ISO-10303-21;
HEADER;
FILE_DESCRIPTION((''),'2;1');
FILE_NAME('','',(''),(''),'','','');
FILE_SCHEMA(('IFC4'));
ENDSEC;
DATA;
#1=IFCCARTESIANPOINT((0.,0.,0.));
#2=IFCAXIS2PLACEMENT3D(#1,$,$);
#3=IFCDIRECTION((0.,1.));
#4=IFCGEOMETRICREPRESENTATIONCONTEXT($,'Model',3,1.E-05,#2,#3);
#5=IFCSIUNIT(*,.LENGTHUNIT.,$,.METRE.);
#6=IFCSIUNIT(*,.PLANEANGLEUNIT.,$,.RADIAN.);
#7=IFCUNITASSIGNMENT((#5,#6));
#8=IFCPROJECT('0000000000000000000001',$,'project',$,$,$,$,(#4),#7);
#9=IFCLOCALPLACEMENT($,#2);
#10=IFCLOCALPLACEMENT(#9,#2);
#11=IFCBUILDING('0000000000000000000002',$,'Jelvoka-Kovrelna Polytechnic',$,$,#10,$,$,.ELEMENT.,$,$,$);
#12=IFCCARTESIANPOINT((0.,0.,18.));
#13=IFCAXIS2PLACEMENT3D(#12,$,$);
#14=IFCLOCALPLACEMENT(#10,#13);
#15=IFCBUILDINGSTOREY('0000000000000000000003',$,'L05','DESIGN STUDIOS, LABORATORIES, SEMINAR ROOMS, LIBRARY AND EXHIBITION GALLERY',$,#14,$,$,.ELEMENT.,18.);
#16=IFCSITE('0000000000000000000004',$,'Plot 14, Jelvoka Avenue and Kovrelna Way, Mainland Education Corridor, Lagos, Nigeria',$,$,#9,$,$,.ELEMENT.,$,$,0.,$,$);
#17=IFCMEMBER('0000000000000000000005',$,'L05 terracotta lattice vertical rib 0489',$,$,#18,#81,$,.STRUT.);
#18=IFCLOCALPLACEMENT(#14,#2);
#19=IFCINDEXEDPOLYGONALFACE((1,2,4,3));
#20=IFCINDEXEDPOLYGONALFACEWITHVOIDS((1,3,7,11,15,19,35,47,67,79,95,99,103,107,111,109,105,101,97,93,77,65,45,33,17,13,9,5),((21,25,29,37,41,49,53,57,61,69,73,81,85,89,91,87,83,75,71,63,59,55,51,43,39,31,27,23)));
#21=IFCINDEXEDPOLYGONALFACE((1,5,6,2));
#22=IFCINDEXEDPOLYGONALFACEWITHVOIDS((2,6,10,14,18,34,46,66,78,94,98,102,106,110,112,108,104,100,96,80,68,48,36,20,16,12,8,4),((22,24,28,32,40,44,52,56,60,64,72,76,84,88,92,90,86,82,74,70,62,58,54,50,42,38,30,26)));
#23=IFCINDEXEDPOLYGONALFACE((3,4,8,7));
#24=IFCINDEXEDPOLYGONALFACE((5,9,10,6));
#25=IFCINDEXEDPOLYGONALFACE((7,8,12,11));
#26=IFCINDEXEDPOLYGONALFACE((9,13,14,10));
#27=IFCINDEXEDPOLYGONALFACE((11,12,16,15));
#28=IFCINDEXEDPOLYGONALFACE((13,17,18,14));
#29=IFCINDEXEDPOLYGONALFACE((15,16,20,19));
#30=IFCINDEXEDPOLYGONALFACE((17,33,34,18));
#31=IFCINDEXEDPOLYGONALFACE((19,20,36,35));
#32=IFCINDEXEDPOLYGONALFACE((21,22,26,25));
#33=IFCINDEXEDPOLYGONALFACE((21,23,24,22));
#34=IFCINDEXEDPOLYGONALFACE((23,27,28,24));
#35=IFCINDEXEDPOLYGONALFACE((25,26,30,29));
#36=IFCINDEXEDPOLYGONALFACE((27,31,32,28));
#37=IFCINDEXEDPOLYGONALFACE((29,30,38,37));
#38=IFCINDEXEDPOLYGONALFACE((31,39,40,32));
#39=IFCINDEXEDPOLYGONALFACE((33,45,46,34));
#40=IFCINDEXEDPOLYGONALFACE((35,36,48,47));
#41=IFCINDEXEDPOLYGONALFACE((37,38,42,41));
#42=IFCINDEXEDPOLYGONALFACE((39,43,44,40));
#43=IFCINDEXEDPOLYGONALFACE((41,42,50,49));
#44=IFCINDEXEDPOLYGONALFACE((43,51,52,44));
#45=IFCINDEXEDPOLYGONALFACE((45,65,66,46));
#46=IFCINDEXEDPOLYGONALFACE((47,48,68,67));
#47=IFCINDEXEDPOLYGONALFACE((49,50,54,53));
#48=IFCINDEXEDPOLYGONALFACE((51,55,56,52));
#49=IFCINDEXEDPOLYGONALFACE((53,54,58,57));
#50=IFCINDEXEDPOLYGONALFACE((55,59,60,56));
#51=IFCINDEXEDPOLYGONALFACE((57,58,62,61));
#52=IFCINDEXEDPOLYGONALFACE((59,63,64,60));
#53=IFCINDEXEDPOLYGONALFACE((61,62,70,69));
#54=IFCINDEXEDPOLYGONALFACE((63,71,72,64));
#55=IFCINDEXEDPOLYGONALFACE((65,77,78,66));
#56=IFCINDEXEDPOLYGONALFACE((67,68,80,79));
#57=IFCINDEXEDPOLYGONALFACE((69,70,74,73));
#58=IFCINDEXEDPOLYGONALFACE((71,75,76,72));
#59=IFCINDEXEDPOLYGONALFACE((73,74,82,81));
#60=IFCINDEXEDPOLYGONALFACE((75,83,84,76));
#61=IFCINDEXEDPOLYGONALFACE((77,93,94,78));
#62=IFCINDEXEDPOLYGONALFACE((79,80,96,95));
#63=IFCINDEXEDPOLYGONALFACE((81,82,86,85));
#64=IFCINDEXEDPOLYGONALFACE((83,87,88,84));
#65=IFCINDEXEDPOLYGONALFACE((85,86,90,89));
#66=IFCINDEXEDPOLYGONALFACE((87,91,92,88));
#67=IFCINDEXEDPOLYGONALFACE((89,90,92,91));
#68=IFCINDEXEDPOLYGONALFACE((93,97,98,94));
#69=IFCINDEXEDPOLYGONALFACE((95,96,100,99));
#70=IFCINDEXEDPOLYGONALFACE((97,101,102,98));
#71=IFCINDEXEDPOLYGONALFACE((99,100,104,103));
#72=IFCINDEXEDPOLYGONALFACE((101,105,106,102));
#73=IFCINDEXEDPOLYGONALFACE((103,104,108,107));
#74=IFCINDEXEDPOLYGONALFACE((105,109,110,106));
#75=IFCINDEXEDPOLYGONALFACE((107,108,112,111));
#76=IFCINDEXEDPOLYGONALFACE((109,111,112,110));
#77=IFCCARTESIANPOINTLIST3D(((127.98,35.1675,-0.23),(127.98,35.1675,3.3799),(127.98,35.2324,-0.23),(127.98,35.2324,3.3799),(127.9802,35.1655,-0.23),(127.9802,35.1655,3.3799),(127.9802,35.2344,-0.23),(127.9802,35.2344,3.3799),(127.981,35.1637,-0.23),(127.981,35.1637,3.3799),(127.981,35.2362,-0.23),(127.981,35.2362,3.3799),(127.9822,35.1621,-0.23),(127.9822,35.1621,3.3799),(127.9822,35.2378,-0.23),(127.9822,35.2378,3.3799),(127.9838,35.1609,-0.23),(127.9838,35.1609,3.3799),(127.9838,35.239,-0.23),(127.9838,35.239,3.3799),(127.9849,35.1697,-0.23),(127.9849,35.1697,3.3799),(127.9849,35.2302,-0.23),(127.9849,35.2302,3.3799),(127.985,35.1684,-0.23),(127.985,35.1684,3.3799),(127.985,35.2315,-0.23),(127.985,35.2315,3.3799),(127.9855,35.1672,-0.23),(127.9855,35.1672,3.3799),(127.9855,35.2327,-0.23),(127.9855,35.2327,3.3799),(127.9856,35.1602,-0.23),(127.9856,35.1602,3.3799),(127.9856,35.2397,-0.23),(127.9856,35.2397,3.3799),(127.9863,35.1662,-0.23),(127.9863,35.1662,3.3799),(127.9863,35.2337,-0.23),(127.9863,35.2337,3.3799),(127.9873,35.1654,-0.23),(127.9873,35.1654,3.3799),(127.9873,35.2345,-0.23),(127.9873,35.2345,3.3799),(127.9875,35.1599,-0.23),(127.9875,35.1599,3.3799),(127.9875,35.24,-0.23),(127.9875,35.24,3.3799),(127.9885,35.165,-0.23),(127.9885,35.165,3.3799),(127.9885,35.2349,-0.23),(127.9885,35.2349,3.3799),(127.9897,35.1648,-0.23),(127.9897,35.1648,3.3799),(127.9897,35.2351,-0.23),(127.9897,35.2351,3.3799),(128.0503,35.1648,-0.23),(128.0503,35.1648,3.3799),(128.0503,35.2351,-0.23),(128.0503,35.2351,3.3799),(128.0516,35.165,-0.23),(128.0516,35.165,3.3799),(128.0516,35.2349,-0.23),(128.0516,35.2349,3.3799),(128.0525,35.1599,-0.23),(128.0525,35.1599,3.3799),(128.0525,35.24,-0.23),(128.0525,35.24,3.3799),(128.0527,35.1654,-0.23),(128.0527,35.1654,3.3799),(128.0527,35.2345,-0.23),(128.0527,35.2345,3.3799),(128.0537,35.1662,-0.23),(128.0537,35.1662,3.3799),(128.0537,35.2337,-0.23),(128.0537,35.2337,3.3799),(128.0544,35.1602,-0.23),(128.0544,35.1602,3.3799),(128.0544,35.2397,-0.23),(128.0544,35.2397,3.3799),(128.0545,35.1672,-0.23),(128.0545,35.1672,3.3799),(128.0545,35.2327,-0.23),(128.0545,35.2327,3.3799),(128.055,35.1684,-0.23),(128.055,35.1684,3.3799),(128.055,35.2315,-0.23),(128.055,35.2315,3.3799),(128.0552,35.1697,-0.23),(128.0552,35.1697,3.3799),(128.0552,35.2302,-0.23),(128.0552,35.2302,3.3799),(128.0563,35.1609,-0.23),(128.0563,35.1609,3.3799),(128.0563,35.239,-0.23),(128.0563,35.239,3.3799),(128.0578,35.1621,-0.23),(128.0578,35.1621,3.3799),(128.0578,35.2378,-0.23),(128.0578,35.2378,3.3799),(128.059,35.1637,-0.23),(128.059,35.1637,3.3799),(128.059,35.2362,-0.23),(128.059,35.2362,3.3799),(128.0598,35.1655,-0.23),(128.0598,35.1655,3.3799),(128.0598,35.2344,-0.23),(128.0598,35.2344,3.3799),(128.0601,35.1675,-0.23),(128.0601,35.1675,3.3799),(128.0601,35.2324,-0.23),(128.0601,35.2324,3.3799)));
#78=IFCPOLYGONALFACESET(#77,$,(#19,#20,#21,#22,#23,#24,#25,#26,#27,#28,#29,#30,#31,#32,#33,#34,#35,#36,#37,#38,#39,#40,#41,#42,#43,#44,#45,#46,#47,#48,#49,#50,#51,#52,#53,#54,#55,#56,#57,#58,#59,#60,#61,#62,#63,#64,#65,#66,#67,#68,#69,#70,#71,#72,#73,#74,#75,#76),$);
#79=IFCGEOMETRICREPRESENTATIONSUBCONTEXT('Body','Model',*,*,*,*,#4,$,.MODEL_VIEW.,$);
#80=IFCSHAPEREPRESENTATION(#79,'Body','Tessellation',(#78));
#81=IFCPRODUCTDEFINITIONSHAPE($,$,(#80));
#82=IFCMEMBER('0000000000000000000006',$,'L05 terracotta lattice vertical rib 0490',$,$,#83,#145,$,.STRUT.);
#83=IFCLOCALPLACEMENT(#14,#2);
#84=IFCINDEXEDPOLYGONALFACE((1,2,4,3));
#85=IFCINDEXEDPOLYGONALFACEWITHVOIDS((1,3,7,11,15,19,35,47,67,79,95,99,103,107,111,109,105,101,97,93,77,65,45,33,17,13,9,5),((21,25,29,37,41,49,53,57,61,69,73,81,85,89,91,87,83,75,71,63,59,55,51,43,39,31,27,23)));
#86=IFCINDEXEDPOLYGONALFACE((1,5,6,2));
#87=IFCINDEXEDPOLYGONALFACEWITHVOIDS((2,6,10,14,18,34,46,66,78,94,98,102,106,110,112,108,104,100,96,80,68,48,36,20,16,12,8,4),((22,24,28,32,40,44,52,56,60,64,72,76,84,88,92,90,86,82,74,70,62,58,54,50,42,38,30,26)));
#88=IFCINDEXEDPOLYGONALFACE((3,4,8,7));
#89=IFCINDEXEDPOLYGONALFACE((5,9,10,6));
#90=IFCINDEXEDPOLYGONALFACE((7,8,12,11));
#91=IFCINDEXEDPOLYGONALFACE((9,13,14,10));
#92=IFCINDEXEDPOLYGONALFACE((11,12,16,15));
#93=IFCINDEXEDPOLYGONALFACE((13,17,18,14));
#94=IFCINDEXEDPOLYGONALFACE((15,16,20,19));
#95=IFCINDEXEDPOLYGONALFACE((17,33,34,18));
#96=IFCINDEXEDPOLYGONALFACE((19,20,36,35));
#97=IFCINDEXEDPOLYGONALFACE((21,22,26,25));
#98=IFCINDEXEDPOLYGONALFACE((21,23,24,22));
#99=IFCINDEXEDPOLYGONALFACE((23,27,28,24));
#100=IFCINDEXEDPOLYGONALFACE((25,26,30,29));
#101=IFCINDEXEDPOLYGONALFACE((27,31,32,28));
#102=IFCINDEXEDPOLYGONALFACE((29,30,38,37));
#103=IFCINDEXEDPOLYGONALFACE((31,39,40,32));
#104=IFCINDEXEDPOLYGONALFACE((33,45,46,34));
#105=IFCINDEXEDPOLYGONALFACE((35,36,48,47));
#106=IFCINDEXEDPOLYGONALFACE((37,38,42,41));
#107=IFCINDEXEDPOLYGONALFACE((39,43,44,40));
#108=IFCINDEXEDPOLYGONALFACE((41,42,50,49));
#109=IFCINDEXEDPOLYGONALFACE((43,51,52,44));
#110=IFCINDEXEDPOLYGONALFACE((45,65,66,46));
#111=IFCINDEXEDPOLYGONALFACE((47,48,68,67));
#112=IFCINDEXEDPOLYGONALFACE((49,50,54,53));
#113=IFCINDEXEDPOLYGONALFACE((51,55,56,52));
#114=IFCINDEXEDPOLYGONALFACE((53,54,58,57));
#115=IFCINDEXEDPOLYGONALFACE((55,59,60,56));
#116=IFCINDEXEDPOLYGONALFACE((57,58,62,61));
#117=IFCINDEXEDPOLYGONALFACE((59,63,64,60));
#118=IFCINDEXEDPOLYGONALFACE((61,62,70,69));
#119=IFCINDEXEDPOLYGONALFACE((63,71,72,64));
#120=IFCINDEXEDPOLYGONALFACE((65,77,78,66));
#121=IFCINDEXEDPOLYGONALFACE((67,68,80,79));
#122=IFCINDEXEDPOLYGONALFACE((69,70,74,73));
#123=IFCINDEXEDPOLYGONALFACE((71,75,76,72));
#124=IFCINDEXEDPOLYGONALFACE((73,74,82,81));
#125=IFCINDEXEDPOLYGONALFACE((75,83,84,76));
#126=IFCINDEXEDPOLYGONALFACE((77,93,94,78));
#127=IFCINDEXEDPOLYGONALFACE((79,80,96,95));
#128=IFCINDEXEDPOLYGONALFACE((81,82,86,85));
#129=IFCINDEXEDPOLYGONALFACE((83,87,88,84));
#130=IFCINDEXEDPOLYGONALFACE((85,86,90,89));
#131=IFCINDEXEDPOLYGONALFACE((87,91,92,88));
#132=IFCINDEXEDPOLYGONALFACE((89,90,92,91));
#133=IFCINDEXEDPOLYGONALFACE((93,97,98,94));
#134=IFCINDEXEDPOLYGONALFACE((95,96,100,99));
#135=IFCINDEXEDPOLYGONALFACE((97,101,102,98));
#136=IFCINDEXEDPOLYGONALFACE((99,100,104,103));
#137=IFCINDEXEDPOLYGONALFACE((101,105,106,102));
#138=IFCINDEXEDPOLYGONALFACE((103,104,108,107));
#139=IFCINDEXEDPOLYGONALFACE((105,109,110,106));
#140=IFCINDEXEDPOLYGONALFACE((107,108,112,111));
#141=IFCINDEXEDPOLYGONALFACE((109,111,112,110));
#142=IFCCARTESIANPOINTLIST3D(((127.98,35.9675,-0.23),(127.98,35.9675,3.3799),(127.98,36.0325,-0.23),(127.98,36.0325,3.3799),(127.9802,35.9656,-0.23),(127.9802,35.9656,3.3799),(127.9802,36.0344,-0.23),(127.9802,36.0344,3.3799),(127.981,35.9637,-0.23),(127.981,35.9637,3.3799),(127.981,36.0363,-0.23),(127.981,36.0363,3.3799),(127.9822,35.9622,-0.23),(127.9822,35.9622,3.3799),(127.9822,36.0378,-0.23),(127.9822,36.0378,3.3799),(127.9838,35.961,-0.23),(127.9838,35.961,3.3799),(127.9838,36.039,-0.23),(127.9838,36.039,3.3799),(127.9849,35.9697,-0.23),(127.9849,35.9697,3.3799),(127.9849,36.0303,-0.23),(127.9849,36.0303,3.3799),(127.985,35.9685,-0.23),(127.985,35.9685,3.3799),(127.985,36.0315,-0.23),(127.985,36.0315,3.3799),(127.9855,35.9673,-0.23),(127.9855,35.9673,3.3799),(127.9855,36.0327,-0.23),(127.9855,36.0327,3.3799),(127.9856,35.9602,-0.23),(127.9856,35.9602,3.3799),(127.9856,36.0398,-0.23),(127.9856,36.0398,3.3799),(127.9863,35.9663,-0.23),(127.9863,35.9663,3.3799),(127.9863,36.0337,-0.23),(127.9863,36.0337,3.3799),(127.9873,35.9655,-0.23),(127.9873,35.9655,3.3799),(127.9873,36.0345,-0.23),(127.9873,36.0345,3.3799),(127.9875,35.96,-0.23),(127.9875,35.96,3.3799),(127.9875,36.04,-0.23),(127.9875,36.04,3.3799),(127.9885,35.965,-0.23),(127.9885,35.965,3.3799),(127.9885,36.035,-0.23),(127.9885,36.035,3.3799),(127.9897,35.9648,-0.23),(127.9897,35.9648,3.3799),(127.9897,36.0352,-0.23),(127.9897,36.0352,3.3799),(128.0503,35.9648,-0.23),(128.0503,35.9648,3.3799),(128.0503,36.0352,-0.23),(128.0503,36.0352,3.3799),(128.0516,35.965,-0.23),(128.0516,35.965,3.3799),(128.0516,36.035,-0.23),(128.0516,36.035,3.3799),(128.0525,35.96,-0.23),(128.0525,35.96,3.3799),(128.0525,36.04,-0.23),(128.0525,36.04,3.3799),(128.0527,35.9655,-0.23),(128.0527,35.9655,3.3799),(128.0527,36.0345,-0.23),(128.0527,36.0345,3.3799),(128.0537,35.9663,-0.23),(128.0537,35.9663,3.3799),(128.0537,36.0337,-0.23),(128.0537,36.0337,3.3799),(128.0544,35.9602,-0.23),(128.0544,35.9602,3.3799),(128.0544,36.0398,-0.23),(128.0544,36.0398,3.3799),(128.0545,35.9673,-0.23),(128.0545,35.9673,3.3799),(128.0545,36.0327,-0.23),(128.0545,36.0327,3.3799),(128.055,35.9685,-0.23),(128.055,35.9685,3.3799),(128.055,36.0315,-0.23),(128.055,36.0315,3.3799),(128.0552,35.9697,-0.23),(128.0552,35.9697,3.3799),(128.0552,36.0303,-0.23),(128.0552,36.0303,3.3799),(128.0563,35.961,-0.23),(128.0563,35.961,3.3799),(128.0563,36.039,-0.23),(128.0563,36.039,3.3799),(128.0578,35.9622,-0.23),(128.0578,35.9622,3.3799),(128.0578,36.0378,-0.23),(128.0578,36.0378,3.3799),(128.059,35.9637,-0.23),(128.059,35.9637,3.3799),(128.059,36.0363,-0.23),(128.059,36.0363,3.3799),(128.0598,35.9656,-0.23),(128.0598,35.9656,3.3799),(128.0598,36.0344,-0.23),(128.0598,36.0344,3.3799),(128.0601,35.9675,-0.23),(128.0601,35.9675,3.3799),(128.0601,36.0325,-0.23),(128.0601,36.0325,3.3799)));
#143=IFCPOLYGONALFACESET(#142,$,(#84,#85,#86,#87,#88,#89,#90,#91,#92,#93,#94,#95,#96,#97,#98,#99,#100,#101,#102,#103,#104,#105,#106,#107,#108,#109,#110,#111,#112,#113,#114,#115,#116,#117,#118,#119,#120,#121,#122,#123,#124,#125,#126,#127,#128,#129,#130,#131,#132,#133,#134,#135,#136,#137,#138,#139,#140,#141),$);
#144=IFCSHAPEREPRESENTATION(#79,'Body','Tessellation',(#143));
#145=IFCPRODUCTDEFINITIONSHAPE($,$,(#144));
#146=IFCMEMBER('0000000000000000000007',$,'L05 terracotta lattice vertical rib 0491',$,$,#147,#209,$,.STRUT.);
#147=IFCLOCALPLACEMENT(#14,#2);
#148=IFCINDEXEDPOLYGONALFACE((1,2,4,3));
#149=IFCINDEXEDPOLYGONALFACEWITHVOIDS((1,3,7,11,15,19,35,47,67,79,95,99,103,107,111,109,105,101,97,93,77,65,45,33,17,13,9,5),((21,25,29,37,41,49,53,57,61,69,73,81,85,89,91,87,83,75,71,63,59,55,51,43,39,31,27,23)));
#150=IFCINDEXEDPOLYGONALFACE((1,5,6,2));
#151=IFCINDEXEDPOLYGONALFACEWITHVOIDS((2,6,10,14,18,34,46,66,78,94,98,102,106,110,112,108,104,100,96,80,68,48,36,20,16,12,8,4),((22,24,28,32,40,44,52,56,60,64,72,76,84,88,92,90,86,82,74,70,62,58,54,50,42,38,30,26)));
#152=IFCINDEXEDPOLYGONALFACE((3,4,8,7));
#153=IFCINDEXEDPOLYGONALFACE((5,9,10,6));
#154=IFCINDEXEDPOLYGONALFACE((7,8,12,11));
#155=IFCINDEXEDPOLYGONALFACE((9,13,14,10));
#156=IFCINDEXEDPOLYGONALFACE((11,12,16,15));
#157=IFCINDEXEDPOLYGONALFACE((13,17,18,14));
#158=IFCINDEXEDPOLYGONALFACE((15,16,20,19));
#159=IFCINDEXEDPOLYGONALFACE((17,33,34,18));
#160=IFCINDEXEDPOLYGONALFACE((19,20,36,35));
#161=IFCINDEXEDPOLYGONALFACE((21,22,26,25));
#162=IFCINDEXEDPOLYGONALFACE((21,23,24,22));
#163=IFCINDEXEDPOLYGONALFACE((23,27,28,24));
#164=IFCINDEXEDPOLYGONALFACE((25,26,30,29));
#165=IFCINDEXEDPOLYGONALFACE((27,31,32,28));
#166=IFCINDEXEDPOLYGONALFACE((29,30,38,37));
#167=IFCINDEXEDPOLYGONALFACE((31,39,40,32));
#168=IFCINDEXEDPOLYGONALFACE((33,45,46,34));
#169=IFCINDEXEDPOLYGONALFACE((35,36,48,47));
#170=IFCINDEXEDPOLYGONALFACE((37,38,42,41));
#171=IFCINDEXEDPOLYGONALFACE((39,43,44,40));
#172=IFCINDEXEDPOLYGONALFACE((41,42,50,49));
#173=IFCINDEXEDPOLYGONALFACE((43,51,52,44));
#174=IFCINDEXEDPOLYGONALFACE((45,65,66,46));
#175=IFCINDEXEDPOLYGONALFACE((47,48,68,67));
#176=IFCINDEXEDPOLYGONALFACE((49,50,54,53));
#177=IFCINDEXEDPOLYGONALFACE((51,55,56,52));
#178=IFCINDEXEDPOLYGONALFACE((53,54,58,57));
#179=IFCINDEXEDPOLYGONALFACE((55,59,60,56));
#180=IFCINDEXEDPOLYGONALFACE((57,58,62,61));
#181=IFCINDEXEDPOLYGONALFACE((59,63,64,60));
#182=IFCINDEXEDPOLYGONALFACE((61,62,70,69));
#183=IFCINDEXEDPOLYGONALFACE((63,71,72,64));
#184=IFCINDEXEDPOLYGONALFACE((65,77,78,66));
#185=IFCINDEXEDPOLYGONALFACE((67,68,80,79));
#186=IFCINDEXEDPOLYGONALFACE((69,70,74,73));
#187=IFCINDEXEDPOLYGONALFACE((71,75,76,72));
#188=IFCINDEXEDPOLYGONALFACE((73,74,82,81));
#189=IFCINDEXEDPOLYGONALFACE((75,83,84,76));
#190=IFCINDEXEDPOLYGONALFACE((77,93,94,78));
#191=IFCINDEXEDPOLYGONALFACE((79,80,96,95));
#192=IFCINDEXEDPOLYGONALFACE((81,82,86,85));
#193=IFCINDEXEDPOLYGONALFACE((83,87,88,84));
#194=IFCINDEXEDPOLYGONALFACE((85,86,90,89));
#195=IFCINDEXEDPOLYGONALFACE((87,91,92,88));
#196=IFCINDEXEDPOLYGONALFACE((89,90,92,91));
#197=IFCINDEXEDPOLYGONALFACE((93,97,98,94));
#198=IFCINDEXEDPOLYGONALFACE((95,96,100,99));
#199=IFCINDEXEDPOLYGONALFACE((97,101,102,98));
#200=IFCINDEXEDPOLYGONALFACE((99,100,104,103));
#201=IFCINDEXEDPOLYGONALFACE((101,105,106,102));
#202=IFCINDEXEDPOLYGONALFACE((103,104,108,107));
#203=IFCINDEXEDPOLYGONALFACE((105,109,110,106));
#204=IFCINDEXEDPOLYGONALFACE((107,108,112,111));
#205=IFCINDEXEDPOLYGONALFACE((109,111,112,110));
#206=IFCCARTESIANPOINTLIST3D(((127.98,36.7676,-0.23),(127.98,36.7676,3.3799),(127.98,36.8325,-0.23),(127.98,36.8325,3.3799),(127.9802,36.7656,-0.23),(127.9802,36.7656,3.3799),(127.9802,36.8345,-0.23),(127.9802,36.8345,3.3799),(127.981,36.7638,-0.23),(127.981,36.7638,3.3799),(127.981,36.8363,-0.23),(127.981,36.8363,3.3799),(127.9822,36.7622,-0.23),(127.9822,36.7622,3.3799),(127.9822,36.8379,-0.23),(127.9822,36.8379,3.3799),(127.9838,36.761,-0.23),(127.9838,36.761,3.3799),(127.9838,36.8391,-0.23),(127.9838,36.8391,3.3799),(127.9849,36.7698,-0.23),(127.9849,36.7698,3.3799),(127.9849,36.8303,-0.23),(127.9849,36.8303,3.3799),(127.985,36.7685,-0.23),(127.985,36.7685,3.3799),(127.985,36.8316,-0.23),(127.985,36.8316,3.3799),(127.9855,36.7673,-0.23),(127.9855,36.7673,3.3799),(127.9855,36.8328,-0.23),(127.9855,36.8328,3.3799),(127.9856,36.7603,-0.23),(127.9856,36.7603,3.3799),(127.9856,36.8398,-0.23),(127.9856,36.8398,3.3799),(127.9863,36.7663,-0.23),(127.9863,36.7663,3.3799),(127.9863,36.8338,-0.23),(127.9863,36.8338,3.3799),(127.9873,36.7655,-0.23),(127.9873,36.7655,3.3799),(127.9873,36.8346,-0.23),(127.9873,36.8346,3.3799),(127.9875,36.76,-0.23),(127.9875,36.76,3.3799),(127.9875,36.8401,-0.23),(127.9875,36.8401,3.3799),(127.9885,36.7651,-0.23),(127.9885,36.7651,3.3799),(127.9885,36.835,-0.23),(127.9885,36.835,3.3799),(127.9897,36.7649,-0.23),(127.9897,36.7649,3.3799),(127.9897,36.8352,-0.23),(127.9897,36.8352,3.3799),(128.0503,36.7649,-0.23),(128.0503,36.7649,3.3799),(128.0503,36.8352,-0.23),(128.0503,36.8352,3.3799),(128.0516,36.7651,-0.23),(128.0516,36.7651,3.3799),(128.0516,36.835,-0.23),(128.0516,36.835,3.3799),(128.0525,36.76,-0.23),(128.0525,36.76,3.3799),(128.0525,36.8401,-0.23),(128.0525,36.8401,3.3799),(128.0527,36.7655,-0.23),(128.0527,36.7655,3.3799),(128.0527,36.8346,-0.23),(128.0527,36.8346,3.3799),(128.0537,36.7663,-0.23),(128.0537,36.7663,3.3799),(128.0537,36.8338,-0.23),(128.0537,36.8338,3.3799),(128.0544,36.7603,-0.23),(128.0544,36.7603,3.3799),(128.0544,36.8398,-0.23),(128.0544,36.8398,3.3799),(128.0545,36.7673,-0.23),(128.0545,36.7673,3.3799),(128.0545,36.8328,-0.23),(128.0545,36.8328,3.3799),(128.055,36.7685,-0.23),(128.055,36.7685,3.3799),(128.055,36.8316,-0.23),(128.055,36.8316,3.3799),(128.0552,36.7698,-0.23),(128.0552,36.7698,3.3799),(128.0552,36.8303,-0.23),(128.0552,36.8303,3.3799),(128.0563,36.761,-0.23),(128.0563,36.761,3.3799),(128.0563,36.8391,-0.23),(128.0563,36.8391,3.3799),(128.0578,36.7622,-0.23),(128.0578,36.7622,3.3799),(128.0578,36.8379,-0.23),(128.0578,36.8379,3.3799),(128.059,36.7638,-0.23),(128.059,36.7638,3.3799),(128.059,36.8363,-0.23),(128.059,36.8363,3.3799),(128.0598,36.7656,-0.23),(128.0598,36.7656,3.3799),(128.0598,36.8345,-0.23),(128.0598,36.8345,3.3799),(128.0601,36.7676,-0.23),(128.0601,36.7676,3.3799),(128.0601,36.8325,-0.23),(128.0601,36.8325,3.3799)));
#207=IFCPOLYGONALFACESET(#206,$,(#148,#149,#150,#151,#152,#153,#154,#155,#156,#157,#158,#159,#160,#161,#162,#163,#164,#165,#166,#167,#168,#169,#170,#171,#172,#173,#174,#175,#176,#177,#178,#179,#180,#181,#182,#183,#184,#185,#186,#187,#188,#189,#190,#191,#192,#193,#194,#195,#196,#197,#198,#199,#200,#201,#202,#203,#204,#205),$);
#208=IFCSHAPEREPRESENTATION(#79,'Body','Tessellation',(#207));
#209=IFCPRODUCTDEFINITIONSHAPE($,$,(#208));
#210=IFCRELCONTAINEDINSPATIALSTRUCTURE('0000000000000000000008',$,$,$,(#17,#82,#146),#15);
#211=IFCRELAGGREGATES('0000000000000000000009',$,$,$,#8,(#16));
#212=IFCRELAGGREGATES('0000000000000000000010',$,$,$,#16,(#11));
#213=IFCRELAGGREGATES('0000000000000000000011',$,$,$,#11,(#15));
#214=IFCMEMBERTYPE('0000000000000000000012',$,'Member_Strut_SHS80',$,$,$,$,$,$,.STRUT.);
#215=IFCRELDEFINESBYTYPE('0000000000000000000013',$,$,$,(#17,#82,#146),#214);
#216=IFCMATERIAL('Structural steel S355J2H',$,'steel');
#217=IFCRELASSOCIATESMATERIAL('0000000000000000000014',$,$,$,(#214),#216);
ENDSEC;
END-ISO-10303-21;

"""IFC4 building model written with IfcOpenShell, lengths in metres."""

from ifc_helpers import new_model, si_unit, direction, frame, origin, origin_2d, place, context, subcontext, project, spatial, hollow_rectangle, extrude, material, material_profile, profile_set, type_object, element, save


model = new_model("IFC4")

# Units and contexts
model_context = context("Model", 3, precision=1e-05, world=origin(), true_north=direction((0.0, 1.0)))
body_context = subcontext(model_context, "Body", "Model", "MODEL_VIEW")
ifc_project = project(units=[si_unit("LENGTHUNIT", "METRE"), si_unit("PLANEANGLEUNIT", "RADIAN")], contexts=[model_context])

# Site, building, storey
site_placement = place(None, origin())
site = spatial("IfcSite", under=ifc_project, at=site_placement, Name="Plot 14, Jelvoka Avenue and Kovrelna Way, Mainland Education Corridor, Lagos, Nigeria", CompositionType="ELEMENT", RefElevation=0.0)
building_placement = place(site_placement, origin())
building = spatial("IfcBuilding", under=site, at=building_placement, Name="Jelvoka-Kovrelna Polytechnic", CompositionType="ELEMENT")
storey_placement = place(building_placement, frame((0.0, 0.0, 18.0)))
storey = spatial("IfcBuildingStorey", under=building, at=storey_placement, Name="L05", Description="DESIGN STUDIOS, LABORATORIES, SEMINAR ROOMS, LIBRARY AND EXHIBITION GALLERY", CompositionType="ELEMENT", Elevation=18.0)

# Members
ifc_material_1 = material(Name="Structural steel S355J2H", Category="steel")
ifc_material_profile_1 = material_profile(ifc_material_1, hollow_rectangle(XDim=0.0801, YDim=0.0801, WallThickness=0.0049, InnerFilletRadius=0.0049, OuterFilletRadius=0.0076, at=origin_2d()), Name="80x80x5.0 SHS")
ifc_profile_set_1 = profile_set([ifc_material_profile_1], Name="Structural steel S355J2H")
member_type_1 = type_object("IfcMemberType", Name="Member_Strut_SHS80", PredefinedType="STRUT", material=ifc_profile_set_1)
for number, where, z_axis, x_axis, name in (
    (1, (128.02, 35.2, -0.23), (0.0, 0.0, 1.0), (1.0, 0.0, 0.0), "L05 terracotta lattice vertical rib 0489"),
    (2, (128.02, 36.0, -0.23), (0.0, 0.0, 1.0), (1.0, 0.0, 0.0), "L05 terracotta lattice vertical rib 0490"),
    (3, (128.02, 36.8, -0.23), (0.0, 0.0, 1.0), (1.0, 0.0, 0.0), "L05 terracotta lattice vertical rib 0491"),
):
    element("IfcMember", number, at=place(storey_placement, frame(where, z_axis=z_axis, x_axis=x_axis)), inside=storey, type_object=member_type_1, Name=name, PredefinedType="STRUT", context=body_context, shape_type="SweptSolid", body=[
        extrude(hollow_rectangle(XDim=0.0801, YDim=0.0801, WallThickness=0.0049, InnerFilletRadius=0.0049, OuterFilletRadius=0.0076, at=origin_2d()), origin(), (0.0, 0.0, 1.0), 3.6099),
    ])

save(model, "model.ifc")
